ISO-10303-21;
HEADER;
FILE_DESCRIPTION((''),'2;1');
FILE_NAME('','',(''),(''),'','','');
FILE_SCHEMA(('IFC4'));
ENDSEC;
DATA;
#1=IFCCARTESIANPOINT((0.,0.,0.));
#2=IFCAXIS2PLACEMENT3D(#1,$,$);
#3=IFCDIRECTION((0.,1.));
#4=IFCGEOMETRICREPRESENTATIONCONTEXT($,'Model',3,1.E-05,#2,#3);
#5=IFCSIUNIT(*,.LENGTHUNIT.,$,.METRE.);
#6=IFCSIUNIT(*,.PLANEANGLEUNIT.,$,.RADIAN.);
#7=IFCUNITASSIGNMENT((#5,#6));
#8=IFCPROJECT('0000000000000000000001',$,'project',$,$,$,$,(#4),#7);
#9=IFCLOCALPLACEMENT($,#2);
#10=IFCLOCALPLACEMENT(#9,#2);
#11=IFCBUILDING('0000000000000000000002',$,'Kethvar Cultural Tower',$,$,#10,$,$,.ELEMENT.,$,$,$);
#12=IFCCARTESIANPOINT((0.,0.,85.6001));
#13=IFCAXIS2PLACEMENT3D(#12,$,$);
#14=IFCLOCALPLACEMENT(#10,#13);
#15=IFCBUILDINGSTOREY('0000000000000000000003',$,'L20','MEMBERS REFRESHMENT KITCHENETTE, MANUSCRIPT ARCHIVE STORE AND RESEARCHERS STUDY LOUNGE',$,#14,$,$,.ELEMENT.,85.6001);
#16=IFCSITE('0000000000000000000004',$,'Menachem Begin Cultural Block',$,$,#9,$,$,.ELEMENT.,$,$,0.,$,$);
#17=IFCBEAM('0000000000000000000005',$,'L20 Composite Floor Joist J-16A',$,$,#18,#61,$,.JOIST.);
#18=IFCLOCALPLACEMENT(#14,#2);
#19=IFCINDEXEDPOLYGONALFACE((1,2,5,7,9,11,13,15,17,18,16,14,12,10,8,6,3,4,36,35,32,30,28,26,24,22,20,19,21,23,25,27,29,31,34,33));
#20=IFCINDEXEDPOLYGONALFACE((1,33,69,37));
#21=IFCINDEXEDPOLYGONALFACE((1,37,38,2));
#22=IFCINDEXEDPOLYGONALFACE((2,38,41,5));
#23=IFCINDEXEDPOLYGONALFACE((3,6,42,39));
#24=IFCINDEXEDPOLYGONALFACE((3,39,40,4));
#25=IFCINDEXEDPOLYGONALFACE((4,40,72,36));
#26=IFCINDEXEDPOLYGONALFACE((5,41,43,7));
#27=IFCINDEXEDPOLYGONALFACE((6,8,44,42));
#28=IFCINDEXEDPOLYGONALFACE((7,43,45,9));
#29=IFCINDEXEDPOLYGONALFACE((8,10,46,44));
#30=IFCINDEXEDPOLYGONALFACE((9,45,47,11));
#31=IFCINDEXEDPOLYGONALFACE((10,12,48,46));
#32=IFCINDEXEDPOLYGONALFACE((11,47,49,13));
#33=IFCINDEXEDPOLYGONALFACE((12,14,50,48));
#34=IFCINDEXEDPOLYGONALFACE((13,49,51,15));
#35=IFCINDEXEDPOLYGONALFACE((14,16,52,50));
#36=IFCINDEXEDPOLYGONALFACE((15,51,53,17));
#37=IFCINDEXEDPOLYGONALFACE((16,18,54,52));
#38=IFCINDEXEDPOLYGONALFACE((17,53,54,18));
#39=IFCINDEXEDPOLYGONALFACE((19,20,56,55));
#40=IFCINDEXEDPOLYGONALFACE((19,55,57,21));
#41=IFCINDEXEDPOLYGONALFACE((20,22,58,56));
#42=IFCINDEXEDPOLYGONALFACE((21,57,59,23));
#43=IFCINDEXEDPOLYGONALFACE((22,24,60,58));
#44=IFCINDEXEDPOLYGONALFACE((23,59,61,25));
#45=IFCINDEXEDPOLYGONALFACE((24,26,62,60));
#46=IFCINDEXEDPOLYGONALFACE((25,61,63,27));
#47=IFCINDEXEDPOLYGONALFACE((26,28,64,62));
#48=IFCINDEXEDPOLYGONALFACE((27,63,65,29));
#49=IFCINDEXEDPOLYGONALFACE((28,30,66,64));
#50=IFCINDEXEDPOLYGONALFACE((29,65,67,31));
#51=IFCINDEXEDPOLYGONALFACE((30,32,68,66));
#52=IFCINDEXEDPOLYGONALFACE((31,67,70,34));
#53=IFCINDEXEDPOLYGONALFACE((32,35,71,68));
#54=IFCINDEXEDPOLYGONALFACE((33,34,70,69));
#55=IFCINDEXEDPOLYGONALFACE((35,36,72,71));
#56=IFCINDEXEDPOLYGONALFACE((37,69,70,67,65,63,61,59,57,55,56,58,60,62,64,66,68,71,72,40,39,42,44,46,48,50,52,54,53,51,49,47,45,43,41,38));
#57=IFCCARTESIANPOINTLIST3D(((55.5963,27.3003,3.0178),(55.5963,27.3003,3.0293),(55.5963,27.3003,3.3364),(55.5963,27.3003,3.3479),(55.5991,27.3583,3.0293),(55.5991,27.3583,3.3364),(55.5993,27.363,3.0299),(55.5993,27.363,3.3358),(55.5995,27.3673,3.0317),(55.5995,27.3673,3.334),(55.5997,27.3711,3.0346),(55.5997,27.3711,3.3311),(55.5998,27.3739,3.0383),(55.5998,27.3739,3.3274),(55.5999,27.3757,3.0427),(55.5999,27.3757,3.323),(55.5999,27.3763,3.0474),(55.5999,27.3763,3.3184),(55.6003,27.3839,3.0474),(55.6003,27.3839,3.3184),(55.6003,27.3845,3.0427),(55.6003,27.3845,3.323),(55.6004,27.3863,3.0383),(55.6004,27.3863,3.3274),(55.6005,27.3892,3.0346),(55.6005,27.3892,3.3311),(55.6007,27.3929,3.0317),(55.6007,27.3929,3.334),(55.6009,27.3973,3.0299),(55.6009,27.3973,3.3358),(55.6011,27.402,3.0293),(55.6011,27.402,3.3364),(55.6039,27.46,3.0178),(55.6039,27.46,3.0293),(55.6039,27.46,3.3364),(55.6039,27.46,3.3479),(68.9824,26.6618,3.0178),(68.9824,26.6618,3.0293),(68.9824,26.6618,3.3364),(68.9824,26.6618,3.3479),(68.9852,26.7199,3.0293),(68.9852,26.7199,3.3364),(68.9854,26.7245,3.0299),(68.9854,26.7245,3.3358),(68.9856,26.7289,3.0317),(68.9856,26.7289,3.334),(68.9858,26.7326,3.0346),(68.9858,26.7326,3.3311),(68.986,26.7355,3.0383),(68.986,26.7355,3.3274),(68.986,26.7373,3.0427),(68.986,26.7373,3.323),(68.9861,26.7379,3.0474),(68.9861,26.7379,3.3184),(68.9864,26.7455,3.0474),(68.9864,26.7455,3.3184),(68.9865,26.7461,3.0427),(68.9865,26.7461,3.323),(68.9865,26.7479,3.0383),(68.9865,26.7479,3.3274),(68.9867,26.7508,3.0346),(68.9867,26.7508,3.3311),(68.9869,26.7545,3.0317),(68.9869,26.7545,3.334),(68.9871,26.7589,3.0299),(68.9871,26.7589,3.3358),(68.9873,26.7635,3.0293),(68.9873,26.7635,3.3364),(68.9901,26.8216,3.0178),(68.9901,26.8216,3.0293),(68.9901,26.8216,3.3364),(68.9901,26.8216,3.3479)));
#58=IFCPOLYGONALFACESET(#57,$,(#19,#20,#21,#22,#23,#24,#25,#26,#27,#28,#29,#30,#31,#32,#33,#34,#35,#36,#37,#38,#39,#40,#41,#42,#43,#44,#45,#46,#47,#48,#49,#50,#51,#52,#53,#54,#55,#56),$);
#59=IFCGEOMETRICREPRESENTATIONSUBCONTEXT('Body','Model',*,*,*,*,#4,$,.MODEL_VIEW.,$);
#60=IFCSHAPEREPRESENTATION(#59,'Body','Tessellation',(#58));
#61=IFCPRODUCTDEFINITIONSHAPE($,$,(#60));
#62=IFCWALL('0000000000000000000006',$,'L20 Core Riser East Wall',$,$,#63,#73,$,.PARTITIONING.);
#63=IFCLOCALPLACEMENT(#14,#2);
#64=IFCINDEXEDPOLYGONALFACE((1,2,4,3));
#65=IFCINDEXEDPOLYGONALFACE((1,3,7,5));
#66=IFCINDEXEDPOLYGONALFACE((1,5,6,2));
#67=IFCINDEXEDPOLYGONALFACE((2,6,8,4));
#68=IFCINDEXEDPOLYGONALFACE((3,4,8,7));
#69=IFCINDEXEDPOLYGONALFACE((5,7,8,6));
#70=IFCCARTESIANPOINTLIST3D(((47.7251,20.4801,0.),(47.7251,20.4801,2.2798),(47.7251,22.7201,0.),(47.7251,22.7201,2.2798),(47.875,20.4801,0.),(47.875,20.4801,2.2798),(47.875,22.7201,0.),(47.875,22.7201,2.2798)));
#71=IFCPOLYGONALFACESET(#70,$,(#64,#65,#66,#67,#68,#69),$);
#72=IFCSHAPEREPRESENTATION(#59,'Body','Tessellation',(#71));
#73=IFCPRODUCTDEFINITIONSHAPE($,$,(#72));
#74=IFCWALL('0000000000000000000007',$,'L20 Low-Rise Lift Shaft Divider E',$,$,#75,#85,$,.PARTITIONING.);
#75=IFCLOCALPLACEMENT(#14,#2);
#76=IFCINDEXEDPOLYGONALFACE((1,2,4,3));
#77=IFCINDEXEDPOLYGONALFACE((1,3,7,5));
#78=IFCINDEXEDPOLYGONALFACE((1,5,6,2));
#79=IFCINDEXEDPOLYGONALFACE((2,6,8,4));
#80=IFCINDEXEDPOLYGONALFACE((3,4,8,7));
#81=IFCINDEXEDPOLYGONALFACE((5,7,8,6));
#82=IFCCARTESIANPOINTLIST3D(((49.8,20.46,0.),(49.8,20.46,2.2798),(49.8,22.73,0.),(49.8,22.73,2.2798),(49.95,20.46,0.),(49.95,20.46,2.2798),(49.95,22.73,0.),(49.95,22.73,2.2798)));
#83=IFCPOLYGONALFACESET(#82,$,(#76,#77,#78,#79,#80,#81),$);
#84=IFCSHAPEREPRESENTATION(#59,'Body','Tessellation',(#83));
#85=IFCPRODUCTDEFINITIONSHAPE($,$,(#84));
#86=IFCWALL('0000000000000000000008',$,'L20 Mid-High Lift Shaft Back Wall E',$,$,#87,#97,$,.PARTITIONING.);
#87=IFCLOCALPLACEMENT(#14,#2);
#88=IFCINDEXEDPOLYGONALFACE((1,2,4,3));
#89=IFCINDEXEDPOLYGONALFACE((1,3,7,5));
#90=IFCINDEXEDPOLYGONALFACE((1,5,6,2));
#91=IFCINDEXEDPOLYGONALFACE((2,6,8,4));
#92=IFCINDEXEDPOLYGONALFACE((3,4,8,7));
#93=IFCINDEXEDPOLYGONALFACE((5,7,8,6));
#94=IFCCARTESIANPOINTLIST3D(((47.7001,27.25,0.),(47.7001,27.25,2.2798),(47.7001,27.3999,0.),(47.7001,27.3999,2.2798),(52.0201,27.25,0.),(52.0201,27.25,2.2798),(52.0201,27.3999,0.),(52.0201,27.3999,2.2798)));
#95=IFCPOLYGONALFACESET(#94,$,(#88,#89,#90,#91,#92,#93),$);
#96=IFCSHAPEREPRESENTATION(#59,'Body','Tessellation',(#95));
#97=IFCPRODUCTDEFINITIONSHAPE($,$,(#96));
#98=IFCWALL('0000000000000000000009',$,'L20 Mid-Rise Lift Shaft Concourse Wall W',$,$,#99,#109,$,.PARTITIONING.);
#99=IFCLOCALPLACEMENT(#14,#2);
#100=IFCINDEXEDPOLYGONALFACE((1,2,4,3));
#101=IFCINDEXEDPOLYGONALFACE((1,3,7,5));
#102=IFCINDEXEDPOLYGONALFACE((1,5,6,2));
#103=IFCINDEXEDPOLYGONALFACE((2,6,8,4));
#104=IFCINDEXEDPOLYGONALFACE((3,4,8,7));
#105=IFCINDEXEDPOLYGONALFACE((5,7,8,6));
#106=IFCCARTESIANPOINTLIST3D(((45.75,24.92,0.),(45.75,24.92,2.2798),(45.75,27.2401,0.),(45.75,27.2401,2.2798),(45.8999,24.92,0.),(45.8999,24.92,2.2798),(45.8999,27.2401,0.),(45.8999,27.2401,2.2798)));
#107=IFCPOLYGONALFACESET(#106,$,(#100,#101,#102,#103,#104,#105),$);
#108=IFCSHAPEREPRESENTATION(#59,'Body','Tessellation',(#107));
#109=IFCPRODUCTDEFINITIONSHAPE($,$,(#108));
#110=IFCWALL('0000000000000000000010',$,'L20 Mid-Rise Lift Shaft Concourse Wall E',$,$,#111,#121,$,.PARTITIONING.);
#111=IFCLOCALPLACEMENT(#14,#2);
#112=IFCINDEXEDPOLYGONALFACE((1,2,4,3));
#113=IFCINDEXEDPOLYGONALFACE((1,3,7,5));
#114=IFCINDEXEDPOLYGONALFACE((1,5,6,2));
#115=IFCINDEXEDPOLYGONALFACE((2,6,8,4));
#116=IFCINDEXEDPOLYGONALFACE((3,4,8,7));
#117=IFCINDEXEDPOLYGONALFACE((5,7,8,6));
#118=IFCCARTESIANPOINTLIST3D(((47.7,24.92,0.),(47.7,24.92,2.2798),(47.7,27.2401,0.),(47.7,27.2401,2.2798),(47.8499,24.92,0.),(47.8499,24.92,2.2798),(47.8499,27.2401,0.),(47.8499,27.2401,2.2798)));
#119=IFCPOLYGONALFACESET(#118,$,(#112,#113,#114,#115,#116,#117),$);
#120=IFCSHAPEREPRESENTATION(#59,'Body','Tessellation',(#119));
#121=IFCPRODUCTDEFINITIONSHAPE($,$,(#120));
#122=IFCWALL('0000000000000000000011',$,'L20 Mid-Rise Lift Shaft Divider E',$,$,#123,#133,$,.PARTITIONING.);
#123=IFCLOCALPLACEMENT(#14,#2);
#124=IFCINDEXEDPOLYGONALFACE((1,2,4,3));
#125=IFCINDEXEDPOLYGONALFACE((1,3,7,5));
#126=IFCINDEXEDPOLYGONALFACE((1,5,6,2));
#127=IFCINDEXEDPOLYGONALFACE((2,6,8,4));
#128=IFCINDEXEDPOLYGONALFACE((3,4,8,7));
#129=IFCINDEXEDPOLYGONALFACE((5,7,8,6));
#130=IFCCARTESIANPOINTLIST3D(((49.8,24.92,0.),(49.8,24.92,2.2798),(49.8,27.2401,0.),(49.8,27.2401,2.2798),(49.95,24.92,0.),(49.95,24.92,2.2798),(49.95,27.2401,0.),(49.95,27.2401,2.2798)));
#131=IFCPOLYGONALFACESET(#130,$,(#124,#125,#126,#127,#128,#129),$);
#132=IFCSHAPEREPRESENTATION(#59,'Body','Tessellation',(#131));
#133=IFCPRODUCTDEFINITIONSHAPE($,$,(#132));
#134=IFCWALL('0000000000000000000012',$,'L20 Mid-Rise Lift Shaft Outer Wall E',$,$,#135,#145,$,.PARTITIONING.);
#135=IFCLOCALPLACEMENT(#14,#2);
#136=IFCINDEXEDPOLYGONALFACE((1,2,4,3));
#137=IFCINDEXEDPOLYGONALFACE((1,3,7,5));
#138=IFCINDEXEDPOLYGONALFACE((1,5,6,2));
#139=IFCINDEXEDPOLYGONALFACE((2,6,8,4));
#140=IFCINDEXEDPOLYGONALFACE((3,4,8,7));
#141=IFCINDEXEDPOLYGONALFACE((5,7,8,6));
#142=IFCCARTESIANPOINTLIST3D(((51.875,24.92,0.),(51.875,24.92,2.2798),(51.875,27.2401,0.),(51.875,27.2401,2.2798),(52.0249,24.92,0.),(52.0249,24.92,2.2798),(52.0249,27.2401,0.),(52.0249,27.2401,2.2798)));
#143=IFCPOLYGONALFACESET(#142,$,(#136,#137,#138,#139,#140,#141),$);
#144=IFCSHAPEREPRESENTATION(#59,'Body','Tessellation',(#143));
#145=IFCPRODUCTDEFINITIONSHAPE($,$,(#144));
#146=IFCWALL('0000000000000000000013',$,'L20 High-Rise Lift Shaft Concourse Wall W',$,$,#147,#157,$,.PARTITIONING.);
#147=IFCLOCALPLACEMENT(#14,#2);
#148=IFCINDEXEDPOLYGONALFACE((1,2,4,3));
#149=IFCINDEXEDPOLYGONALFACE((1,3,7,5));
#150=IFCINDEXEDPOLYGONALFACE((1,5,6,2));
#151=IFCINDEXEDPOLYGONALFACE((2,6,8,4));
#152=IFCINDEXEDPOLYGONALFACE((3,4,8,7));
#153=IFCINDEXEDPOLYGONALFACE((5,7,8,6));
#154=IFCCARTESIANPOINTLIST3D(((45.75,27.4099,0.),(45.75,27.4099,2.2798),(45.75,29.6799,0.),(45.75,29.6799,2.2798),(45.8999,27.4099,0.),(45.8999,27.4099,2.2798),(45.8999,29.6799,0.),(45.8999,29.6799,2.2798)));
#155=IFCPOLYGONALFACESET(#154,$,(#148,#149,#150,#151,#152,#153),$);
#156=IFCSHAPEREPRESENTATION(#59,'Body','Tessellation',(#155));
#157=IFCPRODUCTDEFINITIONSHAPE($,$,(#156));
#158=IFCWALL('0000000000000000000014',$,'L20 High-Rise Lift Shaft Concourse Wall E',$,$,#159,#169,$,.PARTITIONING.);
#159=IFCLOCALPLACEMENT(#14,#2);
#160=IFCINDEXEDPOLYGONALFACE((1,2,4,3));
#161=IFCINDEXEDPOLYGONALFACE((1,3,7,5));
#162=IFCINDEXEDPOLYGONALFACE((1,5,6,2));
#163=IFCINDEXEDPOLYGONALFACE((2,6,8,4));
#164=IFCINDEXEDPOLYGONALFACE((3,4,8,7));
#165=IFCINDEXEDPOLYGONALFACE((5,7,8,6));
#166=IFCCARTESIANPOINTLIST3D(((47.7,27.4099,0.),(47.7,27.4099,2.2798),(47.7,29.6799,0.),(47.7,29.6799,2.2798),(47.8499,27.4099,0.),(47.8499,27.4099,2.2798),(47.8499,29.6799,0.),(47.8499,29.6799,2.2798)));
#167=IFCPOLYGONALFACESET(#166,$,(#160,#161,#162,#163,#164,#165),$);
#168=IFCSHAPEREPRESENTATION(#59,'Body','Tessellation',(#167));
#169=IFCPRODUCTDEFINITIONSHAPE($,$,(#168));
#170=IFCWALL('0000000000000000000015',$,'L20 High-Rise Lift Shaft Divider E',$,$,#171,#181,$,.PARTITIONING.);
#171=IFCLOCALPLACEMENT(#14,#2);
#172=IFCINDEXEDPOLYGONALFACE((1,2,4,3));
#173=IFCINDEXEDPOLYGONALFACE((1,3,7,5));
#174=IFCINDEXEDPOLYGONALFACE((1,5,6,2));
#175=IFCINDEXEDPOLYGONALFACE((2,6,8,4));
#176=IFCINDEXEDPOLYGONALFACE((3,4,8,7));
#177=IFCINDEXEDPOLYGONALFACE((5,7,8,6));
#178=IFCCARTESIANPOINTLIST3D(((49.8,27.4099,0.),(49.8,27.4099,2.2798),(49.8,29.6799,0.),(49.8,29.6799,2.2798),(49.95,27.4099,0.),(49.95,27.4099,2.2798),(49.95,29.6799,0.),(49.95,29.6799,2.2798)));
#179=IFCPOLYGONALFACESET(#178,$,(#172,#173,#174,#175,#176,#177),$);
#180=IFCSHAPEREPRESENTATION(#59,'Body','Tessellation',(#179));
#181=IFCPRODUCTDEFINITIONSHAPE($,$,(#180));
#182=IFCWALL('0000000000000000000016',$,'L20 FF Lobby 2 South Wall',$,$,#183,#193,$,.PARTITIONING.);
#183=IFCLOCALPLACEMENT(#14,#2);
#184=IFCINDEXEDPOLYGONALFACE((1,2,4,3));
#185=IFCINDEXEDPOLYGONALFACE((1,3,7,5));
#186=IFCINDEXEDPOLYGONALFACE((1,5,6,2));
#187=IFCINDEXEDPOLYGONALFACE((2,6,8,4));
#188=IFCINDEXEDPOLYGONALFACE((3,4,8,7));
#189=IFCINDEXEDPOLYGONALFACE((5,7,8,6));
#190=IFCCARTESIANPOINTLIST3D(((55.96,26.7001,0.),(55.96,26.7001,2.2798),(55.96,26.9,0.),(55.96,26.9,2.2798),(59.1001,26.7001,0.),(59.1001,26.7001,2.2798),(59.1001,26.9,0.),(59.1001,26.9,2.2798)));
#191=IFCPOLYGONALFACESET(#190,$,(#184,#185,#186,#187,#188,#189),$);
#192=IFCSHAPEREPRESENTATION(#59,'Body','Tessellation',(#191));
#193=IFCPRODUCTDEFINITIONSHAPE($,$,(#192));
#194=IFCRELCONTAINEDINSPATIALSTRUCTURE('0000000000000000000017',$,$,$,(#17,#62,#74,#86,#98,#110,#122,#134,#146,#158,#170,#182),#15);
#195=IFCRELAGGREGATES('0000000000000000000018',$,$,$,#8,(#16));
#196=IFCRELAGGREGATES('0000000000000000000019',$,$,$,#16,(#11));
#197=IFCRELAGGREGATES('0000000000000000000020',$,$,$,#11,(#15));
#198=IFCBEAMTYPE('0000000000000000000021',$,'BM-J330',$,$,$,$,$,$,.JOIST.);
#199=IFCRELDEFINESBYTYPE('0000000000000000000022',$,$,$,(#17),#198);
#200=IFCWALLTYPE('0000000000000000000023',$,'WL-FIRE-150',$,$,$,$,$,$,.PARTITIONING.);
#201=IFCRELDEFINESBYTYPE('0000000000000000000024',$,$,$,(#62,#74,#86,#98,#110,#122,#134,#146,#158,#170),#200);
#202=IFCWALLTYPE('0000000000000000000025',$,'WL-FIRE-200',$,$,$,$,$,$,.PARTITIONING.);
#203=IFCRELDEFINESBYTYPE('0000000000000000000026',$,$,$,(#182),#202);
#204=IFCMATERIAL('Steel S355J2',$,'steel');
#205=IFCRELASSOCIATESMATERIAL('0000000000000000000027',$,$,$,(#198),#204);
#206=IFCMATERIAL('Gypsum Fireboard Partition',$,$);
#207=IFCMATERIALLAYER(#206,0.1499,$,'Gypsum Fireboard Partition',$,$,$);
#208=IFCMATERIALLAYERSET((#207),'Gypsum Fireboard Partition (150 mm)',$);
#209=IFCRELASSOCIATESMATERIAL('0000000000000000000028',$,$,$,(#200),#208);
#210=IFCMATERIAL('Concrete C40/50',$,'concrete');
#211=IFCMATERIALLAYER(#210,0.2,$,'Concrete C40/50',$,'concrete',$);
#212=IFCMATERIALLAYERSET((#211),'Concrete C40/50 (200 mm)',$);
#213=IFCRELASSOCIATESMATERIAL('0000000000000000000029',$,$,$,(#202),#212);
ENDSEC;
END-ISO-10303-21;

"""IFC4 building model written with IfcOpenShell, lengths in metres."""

from ifc_helpers import new_model, si_unit, direction, frame, frame_2d, origin, origin_2d, place, context, subcontext, project, spatial, rectangle, i_section, extrude, source, transform, mapped, material, layer, layer_set, material_profile, profile_set, type_object, element, save


model = new_model("IFC4")

# Units and contexts
model_context = context("Model", 3, precision=1e-05, world=origin(), true_north=direction((0.0, 1.0)))
body_context = subcontext(model_context, "Body", "Model", "MODEL_VIEW")
ifc_project = project(units=[si_unit("LENGTHUNIT", "METRE"), si_unit("PLANEANGLEUNIT", "RADIAN")], contexts=[model_context])

# Site, building, storey
site_placement = place(None, origin())
site = spatial("IfcSite", under=ifc_project, at=site_placement, Name="Menachem Begin Cultural Block", CompositionType="ELEMENT", RefElevation=0.0)
building_placement = place(site_placement, origin())
building = spatial("IfcBuilding", under=site, at=building_placement, Name="Kethvar Cultural Tower", CompositionType="ELEMENT")
storey_placement = place(building_placement, frame((0.0, 0.0, 85.6001)))
storey = spatial("IfcBuildingStorey", under=building, at=storey_placement, Name="L20", Description="MEMBERS REFRESHMENT KITCHENETTE, MANUSCRIPT ARCHIVE STORE AND RESEARCHERS STUDY LOUNGE", CompositionType="ELEMENT", Elevation=85.6001)

# Beam
ifc_material_1 = material(Name="Steel S355J2", Category="steel")
ifc_material_profile_1 = material_profile(ifc_material_1, i_section(OverallWidth=0.1599, OverallDepth=0.3301, WebThickness=0.0076, FlangeThickness=0.0115, FilletRadius=0.0181, at=origin_2d()), Name="Steel S355J2 — IPE330")
ifc_profile_set_1 = profile_set([ifc_material_profile_1], Name="Steel S355J2 — IPE330")
beam_type_1 = type_object("IfcBeamType", Name="BM-J330", PredefinedType="JOIST", material=ifc_profile_set_1)
shared_shape_1 = source(origin(), body_context, "Body", "SweptSolid", [
    extrude(i_section(OverallWidth=0.1599, OverallDepth=0.3301, WebThickness=0.0076, FlangeThickness=0.0115, FilletRadius=0.0181, at=origin_2d()), origin(), (0.0, 0.0, 1.0), 13.4014),
])
beam_1_placement = place(storey_placement, frame((55.6001, 27.3801, 3.1829), z_axis=(0.998865, -0.047639, 0.0), x_axis=(0.047639, 0.998865, 0.0)))
element("IfcBeam", 1, at=beam_1_placement, inside=storey, type_object=beam_type_1, Name="L20 Composite Floor Joist J-16A", PredefinedType="JOIST", context=body_context, shape_type="MappedRepresentation", body=[
    mapped(shared_shape_1, transform((0.0, 0.0, 0.0), scale=1.0)),
])

# Walls
ifc_material_2 = material(Name="Gypsum Fireboard Partition")
ifc_layer_1 = layer(ifc_material_2, 0.1499, Name="Gypsum Fireboard Partition")
ifc_layer_set_1 = layer_set([ifc_layer_1], Name="Gypsum Fireboard Partition (150 mm)")
wall_type_1 = type_object("IfcWallType", Name="WL-FIRE-150", PredefinedType="PARTITIONING", material=ifc_layer_set_1)
wall_1_placement = place(storey_placement, frame((47.8, 20.48, 0.0), z_axis=(0.0, 0.0, 1.0), x_axis=(0.0, 1.0, 0.0)))
element("IfcWall", 2, at=wall_1_placement, inside=storey, type_object=wall_type_1, Name="L20 Core Riser East Wall", PredefinedType="PARTITIONING", context=body_context, shape_type="SweptSolid", body=[
    extrude(rectangle(XDim=2.24, YDim=0.1499, at=frame_2d((1.1201, 0.0))), origin(), (0.0, 0.0, 1.0), 2.2798),
])
wall_2_placement = place(storey_placement, frame((49.875, 20.46, 0.0), z_axis=(0.0, 0.0, 1.0), x_axis=(0.0, 1.0, 0.0)))
element("IfcWall", 3, at=wall_2_placement, inside=storey, type_object=wall_type_1, Name="L20 Low-Rise Lift Shaft Divider E", PredefinedType="PARTITIONING", context=body_context, shape_type="SweptSolid", body=[
    extrude(rectangle(XDim=2.27, YDim=0.1499, at=frame_2d((1.135, 0.0))), origin(), (0.0, 0.0, 1.0), 2.2798),
])
wall_3_placement = place(storey_placement, frame((47.7, 27.325, 0.0), z_axis=(0.0, 0.0, 1.0), x_axis=(1.0, 0.0, 0.0)))
element("IfcWall", 4, at=wall_3_placement, inside=storey, type_object=wall_type_1, Name="L20 Mid-High Lift Shaft Back Wall E", PredefinedType="PARTITIONING", context=body_context, shape_type="SweptSolid", body=[
    extrude(rectangle(XDim=4.3201, YDim=0.1499, at=frame_2d((2.1602, 0.0))), origin(), (0.0, 0.0, 1.0), 2.2798),
])
for number, where, z_axis, x_axis, name in (
    (5, (45.825, 24.9199, 0.0), (0.0, 0.0, 1.0), (0.0, 1.0, 0.0), "L20 Mid-Rise Lift Shaft Concourse Wall W"),
    (6, (47.7749, 24.9199, 0.0), (0.0, 0.0, 1.0), (0.0, 1.0, 0.0), "L20 Mid-Rise Lift Shaft Concourse Wall E"),
    (7, (49.875, 24.9199, 0.0), (0.0, 0.0, 1.0), (0.0, 1.0, 0.0), "L20 Mid-Rise Lift Shaft Divider E"),
    (8, (51.95, 24.9199, 0.0), (0.0, 0.0, 1.0), (0.0, 1.0, 0.0), "L20 Mid-Rise Lift Shaft Outer Wall E"),
):
    element("IfcWall", number, at=place(storey_placement, frame(where, z_axis=z_axis, x_axis=x_axis)), inside=storey, type_object=wall_type_1, Name=name, PredefinedType="PARTITIONING", context=body_context, shape_type="SweptSolid", body=[
        extrude(rectangle(XDim=2.3201, YDim=0.1499, at=frame_2d((1.1602, 0.0))), origin(), (0.0, 0.0, 1.0), 2.2798),
    ])
for number, where, z_axis, x_axis, name in (
    (9, (45.825, 27.4099, 0.0), (0.0, 0.0, 1.0), (0.0, 1.0, 0.0), "L20 High-Rise Lift Shaft Concourse Wall W"),
    (10, (47.7749, 27.4099, 0.0), (0.0, 0.0, 1.0), (0.0, 1.0, 0.0), "L20 High-Rise Lift Shaft Concourse Wall E"),
    (11, (49.875, 27.4099, 0.0), (0.0, 0.0, 1.0), (0.0, 1.0, 0.0), "L20 High-Rise Lift Shaft Divider E"),
):
    element("IfcWall", number, at=place(storey_placement, frame(where, z_axis=z_axis, x_axis=x_axis)), inside=storey, type_object=wall_type_1, Name=name, PredefinedType="PARTITIONING", context=body_context, shape_type="SweptSolid", body=[
        extrude(rectangle(XDim=2.27, YDim=0.1499, at=frame_2d((1.135, 0.0))), origin(), (0.0, 0.0, 1.0), 2.2798),
    ])
ifc_material_3 = material(Name="Concrete C40/50", Category="concrete")
ifc_layer_2 = layer(ifc_material_3, 0.2, Name="Concrete C40/50", Category="concrete")
ifc_layer_set_2 = layer_set([ifc_layer_2], Name="Concrete C40/50 (200 mm)")
wall_type_2 = type_object("IfcWallType", Name="WL-FIRE-200", PredefinedType="PARTITIONING", material=ifc_layer_set_2)
wall_4_placement = place(storey_placement, frame((55.96, 26.8, 0.0), z_axis=(0.0, 0.0, 1.0), x_axis=(1.0, 0.0, 0.0)))
element("IfcWall", 12, at=wall_4_placement, inside=storey, type_object=wall_type_2, Name="L20 FF Lobby 2 South Wall", PredefinedType="PARTITIONING", context=body_context, shape_type="SweptSolid", body=[
    extrude(rectangle(XDim=3.1401, YDim=0.2, at=frame_2d((1.5701, 0.0))), origin(), (0.0, 0.0, 1.0), 2.2798),
])

save(model, "model.ifc")
